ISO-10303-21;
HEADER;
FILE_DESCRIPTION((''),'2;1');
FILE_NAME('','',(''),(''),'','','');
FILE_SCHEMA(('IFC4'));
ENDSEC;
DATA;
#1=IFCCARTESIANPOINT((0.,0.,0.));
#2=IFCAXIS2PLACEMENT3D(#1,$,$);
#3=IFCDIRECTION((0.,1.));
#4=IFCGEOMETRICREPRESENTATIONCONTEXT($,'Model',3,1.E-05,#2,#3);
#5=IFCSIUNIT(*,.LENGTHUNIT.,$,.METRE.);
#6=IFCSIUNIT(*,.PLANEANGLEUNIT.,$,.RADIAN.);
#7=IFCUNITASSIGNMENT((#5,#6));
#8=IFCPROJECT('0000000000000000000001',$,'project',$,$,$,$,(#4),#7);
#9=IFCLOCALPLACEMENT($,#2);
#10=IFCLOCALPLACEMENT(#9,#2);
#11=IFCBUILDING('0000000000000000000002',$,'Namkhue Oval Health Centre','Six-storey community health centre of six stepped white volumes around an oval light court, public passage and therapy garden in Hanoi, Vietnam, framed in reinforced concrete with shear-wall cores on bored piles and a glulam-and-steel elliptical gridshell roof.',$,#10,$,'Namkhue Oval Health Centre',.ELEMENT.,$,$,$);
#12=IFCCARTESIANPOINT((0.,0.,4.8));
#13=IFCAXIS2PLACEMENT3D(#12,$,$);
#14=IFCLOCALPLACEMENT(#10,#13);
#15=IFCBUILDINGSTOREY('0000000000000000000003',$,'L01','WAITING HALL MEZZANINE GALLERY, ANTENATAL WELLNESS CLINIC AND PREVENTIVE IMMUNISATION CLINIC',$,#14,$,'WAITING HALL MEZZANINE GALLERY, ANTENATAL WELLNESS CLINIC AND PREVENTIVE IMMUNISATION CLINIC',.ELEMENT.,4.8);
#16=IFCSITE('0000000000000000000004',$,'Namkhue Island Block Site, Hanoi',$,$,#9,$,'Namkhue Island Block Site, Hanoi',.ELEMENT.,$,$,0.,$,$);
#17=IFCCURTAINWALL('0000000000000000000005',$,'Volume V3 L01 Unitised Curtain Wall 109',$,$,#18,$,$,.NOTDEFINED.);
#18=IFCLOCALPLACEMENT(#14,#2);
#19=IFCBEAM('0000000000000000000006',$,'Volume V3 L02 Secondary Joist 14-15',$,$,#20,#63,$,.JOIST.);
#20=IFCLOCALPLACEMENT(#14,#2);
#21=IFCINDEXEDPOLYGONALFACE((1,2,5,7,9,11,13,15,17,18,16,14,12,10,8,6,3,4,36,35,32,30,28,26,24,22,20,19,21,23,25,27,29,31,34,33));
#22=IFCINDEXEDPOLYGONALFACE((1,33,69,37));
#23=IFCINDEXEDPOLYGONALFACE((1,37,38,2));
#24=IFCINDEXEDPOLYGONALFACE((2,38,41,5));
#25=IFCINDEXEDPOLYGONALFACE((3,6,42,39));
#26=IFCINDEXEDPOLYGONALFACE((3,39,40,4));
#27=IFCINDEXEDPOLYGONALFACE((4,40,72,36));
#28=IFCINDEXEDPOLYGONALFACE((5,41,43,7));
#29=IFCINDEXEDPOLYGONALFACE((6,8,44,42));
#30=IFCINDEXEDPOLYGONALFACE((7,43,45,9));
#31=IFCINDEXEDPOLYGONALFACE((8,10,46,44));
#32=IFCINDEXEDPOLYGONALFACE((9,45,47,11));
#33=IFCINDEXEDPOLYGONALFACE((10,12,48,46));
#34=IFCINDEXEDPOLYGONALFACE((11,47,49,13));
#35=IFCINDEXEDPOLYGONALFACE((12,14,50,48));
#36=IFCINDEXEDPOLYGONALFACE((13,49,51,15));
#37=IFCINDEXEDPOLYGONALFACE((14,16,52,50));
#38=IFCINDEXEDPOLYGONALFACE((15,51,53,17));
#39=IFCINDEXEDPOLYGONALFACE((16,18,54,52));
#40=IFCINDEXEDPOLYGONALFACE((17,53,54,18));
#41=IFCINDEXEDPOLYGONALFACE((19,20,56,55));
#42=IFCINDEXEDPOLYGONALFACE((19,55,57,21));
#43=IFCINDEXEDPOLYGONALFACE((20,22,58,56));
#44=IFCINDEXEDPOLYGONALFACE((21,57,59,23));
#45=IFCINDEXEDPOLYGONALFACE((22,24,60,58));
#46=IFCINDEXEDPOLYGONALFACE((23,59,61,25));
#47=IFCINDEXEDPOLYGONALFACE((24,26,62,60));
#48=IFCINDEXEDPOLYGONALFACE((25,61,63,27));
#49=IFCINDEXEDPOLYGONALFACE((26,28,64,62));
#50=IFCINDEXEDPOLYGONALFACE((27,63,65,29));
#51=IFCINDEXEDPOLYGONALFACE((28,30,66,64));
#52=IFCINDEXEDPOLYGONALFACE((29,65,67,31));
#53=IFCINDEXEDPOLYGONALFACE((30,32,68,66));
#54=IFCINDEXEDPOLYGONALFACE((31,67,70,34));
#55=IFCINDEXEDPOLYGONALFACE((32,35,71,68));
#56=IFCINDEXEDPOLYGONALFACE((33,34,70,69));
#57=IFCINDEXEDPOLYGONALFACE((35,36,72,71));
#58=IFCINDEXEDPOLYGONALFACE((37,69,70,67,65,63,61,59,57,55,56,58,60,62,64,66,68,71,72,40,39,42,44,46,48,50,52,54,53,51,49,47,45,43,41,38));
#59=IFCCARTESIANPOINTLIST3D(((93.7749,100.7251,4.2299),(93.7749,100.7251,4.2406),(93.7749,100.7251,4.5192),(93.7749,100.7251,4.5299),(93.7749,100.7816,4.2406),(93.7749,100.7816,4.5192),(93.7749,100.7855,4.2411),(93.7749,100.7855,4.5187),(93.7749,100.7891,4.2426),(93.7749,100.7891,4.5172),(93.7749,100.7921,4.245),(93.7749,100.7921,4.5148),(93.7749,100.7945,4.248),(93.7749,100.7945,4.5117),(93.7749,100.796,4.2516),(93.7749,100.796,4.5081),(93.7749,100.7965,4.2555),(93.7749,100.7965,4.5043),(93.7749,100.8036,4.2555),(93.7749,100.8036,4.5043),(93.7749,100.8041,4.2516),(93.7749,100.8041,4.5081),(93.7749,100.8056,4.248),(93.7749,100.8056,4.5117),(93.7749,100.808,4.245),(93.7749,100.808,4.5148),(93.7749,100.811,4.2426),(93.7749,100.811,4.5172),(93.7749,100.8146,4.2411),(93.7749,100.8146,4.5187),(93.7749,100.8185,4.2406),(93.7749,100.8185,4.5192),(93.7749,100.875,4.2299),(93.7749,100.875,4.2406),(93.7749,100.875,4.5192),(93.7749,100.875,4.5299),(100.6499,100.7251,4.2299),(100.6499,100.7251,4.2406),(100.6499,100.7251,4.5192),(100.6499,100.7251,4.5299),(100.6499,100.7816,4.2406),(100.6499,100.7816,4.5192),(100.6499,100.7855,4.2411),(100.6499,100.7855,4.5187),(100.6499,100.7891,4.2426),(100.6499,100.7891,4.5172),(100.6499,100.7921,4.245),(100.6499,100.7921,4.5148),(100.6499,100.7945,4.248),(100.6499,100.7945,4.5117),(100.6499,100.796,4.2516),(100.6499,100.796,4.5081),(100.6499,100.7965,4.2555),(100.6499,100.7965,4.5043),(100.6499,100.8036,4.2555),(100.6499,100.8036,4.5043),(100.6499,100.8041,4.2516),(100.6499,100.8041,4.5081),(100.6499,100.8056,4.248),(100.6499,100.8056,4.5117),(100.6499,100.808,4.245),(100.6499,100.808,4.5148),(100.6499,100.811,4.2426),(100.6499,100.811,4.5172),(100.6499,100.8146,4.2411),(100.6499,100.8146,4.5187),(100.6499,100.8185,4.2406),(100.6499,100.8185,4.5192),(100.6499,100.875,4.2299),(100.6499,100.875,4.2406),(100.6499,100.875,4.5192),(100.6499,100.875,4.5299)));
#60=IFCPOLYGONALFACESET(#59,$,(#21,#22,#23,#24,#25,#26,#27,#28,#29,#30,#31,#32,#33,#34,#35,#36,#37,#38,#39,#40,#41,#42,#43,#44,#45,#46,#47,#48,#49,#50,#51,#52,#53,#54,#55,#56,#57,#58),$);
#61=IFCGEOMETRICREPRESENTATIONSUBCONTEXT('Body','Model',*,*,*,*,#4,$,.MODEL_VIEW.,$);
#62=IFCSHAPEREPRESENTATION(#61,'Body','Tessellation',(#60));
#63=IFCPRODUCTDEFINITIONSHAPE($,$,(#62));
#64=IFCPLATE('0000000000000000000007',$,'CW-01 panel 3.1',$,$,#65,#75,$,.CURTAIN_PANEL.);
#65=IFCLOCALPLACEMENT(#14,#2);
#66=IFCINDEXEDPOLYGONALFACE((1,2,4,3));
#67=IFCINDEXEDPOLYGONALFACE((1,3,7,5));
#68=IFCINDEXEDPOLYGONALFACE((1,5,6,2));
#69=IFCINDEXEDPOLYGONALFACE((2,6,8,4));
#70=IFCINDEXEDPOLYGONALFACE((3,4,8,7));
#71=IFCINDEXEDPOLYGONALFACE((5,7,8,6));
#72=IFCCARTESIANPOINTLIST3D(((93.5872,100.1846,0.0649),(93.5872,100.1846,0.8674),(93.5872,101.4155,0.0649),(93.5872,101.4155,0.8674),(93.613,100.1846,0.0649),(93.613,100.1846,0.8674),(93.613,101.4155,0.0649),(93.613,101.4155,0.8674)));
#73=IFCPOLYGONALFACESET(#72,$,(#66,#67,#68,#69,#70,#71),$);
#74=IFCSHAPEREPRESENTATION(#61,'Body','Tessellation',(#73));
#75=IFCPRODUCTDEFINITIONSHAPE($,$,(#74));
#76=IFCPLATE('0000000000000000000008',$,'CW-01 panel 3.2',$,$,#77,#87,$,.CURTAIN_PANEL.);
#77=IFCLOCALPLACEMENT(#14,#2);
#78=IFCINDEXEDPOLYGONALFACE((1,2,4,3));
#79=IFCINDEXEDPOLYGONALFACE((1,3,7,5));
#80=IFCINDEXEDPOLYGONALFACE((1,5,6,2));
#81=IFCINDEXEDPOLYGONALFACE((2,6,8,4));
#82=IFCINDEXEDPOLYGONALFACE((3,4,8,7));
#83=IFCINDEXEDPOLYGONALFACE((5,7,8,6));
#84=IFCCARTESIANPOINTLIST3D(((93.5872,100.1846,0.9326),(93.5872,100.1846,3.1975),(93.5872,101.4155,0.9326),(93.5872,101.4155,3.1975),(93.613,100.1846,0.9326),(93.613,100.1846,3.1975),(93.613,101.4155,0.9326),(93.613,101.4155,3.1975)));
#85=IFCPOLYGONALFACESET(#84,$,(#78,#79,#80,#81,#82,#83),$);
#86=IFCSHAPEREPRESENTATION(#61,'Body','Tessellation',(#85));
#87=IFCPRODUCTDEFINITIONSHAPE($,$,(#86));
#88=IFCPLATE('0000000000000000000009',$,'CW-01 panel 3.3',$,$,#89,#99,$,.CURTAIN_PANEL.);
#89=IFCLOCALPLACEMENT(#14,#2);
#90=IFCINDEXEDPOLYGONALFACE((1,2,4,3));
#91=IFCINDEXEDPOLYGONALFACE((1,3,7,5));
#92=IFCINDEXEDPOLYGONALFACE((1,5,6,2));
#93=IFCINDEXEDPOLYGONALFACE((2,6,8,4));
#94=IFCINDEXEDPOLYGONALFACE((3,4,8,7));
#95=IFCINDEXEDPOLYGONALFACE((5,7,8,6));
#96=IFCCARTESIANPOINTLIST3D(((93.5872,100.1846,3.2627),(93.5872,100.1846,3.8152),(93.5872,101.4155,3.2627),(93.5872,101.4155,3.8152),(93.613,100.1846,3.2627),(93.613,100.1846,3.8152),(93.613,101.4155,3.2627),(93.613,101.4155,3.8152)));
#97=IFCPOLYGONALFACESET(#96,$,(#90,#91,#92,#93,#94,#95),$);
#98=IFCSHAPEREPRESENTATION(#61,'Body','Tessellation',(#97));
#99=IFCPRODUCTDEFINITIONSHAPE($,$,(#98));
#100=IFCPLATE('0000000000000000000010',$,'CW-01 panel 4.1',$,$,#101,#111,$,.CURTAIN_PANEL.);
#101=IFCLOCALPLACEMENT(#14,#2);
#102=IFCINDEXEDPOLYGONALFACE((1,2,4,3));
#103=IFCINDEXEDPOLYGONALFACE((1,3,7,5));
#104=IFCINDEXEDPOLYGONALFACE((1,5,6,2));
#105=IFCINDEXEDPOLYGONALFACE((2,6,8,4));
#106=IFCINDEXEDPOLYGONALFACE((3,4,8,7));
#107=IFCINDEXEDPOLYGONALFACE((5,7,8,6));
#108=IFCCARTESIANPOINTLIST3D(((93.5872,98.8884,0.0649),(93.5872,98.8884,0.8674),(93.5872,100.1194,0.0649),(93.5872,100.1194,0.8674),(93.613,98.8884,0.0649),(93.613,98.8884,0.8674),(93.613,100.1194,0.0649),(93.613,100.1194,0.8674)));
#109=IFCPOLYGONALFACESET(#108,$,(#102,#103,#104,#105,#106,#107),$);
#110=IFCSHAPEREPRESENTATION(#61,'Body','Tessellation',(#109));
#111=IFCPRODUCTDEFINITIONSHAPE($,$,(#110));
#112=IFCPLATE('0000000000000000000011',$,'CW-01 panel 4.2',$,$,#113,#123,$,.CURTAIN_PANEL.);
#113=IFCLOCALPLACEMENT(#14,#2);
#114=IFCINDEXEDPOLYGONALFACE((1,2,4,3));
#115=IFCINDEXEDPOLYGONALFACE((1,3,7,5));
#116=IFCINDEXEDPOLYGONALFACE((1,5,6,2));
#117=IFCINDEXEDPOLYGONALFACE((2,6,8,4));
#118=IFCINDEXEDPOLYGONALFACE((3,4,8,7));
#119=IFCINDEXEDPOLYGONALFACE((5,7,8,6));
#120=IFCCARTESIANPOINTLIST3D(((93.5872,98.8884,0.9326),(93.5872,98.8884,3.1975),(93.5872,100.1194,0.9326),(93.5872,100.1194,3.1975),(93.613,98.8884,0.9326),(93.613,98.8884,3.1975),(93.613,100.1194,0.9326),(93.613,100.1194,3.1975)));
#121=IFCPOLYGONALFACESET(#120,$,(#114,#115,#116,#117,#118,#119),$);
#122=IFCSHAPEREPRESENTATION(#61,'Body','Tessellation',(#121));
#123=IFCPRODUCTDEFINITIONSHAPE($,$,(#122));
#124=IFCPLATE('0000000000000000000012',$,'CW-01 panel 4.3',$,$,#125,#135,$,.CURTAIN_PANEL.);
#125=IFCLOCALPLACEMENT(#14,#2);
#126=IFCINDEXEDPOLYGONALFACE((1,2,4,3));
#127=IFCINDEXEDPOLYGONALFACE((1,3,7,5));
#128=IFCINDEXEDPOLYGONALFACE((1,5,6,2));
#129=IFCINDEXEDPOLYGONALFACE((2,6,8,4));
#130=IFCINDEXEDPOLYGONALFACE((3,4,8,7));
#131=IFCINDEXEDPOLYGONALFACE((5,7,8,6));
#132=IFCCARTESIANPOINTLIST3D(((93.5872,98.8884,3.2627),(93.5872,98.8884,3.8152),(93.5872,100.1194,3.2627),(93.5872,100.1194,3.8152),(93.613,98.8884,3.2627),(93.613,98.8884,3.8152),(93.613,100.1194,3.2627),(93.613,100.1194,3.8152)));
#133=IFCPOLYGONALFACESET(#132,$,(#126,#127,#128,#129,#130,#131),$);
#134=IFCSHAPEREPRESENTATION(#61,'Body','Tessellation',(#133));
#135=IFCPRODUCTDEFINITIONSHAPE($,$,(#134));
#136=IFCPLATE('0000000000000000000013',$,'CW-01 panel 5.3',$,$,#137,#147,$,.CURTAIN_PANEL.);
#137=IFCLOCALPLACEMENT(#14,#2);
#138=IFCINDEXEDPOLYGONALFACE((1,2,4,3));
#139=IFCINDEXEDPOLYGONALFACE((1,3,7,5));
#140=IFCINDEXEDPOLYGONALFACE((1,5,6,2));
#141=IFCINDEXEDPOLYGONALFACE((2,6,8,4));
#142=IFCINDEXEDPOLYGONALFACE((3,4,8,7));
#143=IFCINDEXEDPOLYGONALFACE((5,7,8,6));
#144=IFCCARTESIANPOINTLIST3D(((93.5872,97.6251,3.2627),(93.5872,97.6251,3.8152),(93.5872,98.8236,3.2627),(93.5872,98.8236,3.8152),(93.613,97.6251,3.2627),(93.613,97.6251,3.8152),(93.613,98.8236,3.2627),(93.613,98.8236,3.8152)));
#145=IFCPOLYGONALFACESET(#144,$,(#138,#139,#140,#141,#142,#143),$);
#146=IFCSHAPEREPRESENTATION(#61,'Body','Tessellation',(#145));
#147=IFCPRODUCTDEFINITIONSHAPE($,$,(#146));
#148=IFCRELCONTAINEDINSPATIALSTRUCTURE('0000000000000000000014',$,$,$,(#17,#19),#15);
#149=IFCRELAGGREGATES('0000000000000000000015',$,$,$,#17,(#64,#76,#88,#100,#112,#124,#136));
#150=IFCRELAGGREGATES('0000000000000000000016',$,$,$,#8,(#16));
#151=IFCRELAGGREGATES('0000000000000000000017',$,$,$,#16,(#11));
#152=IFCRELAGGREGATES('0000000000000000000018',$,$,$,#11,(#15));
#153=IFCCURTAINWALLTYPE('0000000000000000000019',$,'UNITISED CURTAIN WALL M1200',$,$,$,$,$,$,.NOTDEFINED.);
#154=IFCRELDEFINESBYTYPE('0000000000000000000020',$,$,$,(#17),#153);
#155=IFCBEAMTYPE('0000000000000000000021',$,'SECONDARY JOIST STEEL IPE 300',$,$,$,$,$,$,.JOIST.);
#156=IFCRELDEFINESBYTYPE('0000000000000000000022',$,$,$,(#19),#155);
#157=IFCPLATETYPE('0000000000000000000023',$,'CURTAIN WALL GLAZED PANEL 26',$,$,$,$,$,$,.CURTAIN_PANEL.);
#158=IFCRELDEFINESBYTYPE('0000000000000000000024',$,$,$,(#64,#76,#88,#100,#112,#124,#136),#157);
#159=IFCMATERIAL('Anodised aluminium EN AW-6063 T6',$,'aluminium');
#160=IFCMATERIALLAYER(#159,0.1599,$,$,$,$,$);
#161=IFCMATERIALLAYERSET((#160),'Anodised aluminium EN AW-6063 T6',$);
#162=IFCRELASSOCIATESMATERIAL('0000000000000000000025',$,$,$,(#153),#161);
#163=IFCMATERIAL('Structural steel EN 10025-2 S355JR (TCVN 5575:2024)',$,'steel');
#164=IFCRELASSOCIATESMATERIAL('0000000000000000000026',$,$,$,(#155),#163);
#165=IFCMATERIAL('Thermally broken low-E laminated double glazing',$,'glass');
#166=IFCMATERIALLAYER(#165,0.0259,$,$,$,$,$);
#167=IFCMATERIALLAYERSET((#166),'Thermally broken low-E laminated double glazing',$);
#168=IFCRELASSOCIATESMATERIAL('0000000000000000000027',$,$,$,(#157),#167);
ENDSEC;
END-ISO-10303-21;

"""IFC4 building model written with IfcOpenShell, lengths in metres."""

from ifc_helpers import new_model, si_unit, direction, frame, origin, origin_2d, place, context, subcontext, project, spatial, rectangle, i_section, extrude, material, layer, layer_set, material_profile, profile_set, type_object, element, aggregate, save


model = new_model("IFC4")

# Units and contexts
model_context = context("Model", 3, precision=1e-05, world=origin(), true_north=direction((0.0, 1.0)))
body_context = subcontext(model_context, "Body", "Model", "MODEL_VIEW")
ifc_project = project(units=[si_unit("LENGTHUNIT", "METRE"), si_unit("PLANEANGLEUNIT", "RADIAN")], contexts=[model_context])

# Site, building, storey
site_placement = place(None, origin())
site = spatial("IfcSite", under=ifc_project, at=site_placement, Name="Namkhue Island Block Site, Hanoi", LongName="Namkhue Island Block Site, Hanoi", CompositionType="ELEMENT", RefElevation=0.0)
building_placement = place(site_placement, origin())
building = spatial("IfcBuilding", under=site, at=building_placement, Name="Namkhue Oval Health Centre", Description="Six-storey community health centre of six stepped white volumes around an oval light court, public passage and therapy garden in Hanoi, Vietnam, framed in reinforced concrete with shear-wall cores on bored piles and a glulam-and-steel elliptical gridshell roof.", LongName="Namkhue Oval Health Centre", CompositionType="ELEMENT")
storey_placement = place(building_placement, frame((0.0, 0.0, 4.8)))
storey = spatial("IfcBuildingStorey", under=building, at=storey_placement, Name="L01", Description="WAITING HALL MEZZANINE GALLERY, ANTENATAL WELLNESS CLINIC AND PREVENTIVE IMMUNISATION CLINIC", LongName="WAITING HALL MEZZANINE GALLERY, ANTENATAL WELLNESS CLINIC AND PREVENTIVE IMMUNISATION CLINIC", CompositionType="ELEMENT", Elevation=4.8)

# Curtain wall
ifc_material_1 = material(Name="Anodised aluminium EN AW-6063 T6", Category="aluminium")
ifc_layer_1 = layer(ifc_material_1, 0.1599)
ifc_layer_set_1 = layer_set([ifc_layer_1], Name="Anodised aluminium EN AW-6063 T6")
curtain_wall_type = type_object("IfcCurtainWallType", Name="UNITISED CURTAIN WALL M1200", PredefinedType="NOTDEFINED", material=ifc_layer_set_1)
curtain_wall_placement = place(storey_placement, origin())
curtain_wall = element("IfcCurtainWall", 1, at=curtain_wall_placement, inside=storey, type_object=curtain_wall_type, Name="Volume V3 L01 Unitised Curtain Wall 109", PredefinedType="NOTDEFINED")

# Beam
ifc_material_2 = material(Name="Structural steel EN 10025-2 S355JR (TCVN 5575:2024)", Category="steel")
ifc_material_profile_1 = material_profile(ifc_material_2, i_section(OverallWidth=0.1499, OverallDepth=0.3, WebThickness=0.0071, FlangeThickness=0.0107, FilletRadius=0.0149, at=origin_2d()), Name="IPE 300")
ifc_profile_set_1 = profile_set([ifc_material_profile_1], Name="Structural steel EN 10025-2 S355JR (TCVN 5575:2024)")
beam_type = type_object("IfcBeamType", Name="SECONDARY JOIST STEEL IPE 300", PredefinedType="JOIST", material=ifc_profile_set_1)
beam_placement = place(storey_placement, frame((93.7749, 100.8, 4.3799), z_axis=(1.0, 0.0, 0.0), x_axis=(0.0, 1.0, 0.0)))
element("IfcBeam", 2, at=beam_placement, inside=storey, type_object=beam_type, Name="Volume V3 L02 Secondary Joist 14-15", PredefinedType="JOIST", context=body_context, shape_type="SweptSolid", body=[
    extrude(i_section(OverallWidth=0.1499, OverallDepth=0.3, WebThickness=0.0071, FlangeThickness=0.0107, FilletRadius=0.0149, at=origin_2d()), origin(), (0.0, 0.0, 1.0), 6.875),
])

# Plates
ifc_material_3 = material(Name="Thermally broken low-E laminated double glazing", Category="glass")
ifc_layer_2 = layer(ifc_material_3, 0.0259)
ifc_layer_set_2 = layer_set([ifc_layer_2], Name="Thermally broken low-E laminated double glazing")
plate_type = type_object("IfcPlateType", Name="CURTAIN WALL GLAZED PANEL 26", PredefinedType="CURTAIN_PANEL", material=ifc_layer_set_2)
plate_1_placement = place(storey_placement, frame((93.6001, 100.8, 0.0649), z_axis=(0.0, 0.0, 1.0), x_axis=(0.0, -1.0, 0.0)))
plate_1 = element("IfcPlate", 3, at=plate_1_placement, type_object=plate_type, Name="CW-01 panel 3.1", PredefinedType="CURTAIN_PANEL", context=body_context, shape_type="SweptSolid", body=[
    extrude(rectangle(XDim=1.231, YDim=0.0259, at=origin_2d()), origin(), (0.0, 0.0, 1.0), 0.8025),
])
plate_2_placement = place(storey_placement, frame((93.6001, 100.8, 0.9326), z_axis=(0.0, 0.0, 1.0), x_axis=(0.0, -1.0, 0.0)))
plate_2 = element("IfcPlate", 4, at=plate_2_placement, type_object=plate_type, Name="CW-01 panel 3.2", PredefinedType="CURTAIN_PANEL", context=body_context, shape_type="SweptSolid", body=[
    extrude(rectangle(XDim=1.231, YDim=0.0259, at=origin_2d()), origin(), (0.0, 0.0, 1.0), 2.2649),
])
plate_3_placement = place(storey_placement, frame((93.6001, 100.8, 3.2627), z_axis=(0.0, 0.0, 1.0), x_axis=(0.0, -1.0, 0.0)))
plate_3 = element("IfcPlate", 5, at=plate_3_placement, type_object=plate_type, Name="CW-01 panel 3.3", PredefinedType="CURTAIN_PANEL", context=body_context, shape_type="SweptSolid", body=[
    extrude(rectangle(XDim=1.231, YDim=0.0259, at=origin_2d()), origin(), (0.0, 0.0, 1.0), 0.5525),
])
plate_4_placement = place(storey_placement, frame((93.6001, 99.5039, 0.0649), z_axis=(0.0, 0.0, 1.0), x_axis=(0.0, -1.0, 0.0)))
plate_4 = element("IfcPlate", 6, at=plate_4_placement, type_object=plate_type, Name="CW-01 panel 4.1", PredefinedType="CURTAIN_PANEL", context=body_context, shape_type="SweptSolid", body=[
    extrude(rectangle(XDim=1.231, YDim=0.0259, at=origin_2d()), origin(), (0.0, 0.0, 1.0), 0.8025),
])
plate_5_placement = place(storey_placement, frame((93.6001, 99.5039, 0.9326), z_axis=(0.0, 0.0, 1.0), x_axis=(0.0, -1.0, 0.0)))
plate_5 = element("IfcPlate", 7, at=plate_5_placement, type_object=plate_type, Name="CW-01 panel 4.2", PredefinedType="CURTAIN_PANEL", context=body_context, shape_type="SweptSolid", body=[
    extrude(rectangle(XDim=1.231, YDim=0.0259, at=origin_2d()), origin(), (0.0, 0.0, 1.0), 2.2649),
])
plate_6_placement = place(storey_placement, frame((93.6001, 99.5039, 3.2627), z_axis=(0.0, 0.0, 1.0), x_axis=(0.0, -1.0, 0.0)))
plate_6 = element("IfcPlate", 8, at=plate_6_placement, type_object=plate_type, Name="CW-01 panel 4.3", PredefinedType="CURTAIN_PANEL", context=body_context, shape_type="SweptSolid", body=[
    extrude(rectangle(XDim=1.231, YDim=0.0259, at=origin_2d()), origin(), (0.0, 0.0, 1.0), 0.5525),
])
plate_7_placement = place(storey_placement, frame((93.6001, 98.2244, 3.2627), z_axis=(0.0, 0.0, 1.0), x_axis=(0.0, -1.0, 0.0)))
plate_7 = element("IfcPlate", 9, at=plate_7_placement, type_object=plate_type, Name="CW-01 panel 5.3", PredefinedType="CURTAIN_PANEL", context=body_context, shape_type="SweptSolid", body=[
    extrude(rectangle(XDim=1.1985, YDim=0.0259, at=origin_2d()), origin(), (0.0, 0.0, 1.0), 0.5525),
])
aggregate(curtain_wall, [plate_1, plate_2, plate_3, plate_4, plate_5, plate_6, plate_7])

save(model, "model.ifc")
